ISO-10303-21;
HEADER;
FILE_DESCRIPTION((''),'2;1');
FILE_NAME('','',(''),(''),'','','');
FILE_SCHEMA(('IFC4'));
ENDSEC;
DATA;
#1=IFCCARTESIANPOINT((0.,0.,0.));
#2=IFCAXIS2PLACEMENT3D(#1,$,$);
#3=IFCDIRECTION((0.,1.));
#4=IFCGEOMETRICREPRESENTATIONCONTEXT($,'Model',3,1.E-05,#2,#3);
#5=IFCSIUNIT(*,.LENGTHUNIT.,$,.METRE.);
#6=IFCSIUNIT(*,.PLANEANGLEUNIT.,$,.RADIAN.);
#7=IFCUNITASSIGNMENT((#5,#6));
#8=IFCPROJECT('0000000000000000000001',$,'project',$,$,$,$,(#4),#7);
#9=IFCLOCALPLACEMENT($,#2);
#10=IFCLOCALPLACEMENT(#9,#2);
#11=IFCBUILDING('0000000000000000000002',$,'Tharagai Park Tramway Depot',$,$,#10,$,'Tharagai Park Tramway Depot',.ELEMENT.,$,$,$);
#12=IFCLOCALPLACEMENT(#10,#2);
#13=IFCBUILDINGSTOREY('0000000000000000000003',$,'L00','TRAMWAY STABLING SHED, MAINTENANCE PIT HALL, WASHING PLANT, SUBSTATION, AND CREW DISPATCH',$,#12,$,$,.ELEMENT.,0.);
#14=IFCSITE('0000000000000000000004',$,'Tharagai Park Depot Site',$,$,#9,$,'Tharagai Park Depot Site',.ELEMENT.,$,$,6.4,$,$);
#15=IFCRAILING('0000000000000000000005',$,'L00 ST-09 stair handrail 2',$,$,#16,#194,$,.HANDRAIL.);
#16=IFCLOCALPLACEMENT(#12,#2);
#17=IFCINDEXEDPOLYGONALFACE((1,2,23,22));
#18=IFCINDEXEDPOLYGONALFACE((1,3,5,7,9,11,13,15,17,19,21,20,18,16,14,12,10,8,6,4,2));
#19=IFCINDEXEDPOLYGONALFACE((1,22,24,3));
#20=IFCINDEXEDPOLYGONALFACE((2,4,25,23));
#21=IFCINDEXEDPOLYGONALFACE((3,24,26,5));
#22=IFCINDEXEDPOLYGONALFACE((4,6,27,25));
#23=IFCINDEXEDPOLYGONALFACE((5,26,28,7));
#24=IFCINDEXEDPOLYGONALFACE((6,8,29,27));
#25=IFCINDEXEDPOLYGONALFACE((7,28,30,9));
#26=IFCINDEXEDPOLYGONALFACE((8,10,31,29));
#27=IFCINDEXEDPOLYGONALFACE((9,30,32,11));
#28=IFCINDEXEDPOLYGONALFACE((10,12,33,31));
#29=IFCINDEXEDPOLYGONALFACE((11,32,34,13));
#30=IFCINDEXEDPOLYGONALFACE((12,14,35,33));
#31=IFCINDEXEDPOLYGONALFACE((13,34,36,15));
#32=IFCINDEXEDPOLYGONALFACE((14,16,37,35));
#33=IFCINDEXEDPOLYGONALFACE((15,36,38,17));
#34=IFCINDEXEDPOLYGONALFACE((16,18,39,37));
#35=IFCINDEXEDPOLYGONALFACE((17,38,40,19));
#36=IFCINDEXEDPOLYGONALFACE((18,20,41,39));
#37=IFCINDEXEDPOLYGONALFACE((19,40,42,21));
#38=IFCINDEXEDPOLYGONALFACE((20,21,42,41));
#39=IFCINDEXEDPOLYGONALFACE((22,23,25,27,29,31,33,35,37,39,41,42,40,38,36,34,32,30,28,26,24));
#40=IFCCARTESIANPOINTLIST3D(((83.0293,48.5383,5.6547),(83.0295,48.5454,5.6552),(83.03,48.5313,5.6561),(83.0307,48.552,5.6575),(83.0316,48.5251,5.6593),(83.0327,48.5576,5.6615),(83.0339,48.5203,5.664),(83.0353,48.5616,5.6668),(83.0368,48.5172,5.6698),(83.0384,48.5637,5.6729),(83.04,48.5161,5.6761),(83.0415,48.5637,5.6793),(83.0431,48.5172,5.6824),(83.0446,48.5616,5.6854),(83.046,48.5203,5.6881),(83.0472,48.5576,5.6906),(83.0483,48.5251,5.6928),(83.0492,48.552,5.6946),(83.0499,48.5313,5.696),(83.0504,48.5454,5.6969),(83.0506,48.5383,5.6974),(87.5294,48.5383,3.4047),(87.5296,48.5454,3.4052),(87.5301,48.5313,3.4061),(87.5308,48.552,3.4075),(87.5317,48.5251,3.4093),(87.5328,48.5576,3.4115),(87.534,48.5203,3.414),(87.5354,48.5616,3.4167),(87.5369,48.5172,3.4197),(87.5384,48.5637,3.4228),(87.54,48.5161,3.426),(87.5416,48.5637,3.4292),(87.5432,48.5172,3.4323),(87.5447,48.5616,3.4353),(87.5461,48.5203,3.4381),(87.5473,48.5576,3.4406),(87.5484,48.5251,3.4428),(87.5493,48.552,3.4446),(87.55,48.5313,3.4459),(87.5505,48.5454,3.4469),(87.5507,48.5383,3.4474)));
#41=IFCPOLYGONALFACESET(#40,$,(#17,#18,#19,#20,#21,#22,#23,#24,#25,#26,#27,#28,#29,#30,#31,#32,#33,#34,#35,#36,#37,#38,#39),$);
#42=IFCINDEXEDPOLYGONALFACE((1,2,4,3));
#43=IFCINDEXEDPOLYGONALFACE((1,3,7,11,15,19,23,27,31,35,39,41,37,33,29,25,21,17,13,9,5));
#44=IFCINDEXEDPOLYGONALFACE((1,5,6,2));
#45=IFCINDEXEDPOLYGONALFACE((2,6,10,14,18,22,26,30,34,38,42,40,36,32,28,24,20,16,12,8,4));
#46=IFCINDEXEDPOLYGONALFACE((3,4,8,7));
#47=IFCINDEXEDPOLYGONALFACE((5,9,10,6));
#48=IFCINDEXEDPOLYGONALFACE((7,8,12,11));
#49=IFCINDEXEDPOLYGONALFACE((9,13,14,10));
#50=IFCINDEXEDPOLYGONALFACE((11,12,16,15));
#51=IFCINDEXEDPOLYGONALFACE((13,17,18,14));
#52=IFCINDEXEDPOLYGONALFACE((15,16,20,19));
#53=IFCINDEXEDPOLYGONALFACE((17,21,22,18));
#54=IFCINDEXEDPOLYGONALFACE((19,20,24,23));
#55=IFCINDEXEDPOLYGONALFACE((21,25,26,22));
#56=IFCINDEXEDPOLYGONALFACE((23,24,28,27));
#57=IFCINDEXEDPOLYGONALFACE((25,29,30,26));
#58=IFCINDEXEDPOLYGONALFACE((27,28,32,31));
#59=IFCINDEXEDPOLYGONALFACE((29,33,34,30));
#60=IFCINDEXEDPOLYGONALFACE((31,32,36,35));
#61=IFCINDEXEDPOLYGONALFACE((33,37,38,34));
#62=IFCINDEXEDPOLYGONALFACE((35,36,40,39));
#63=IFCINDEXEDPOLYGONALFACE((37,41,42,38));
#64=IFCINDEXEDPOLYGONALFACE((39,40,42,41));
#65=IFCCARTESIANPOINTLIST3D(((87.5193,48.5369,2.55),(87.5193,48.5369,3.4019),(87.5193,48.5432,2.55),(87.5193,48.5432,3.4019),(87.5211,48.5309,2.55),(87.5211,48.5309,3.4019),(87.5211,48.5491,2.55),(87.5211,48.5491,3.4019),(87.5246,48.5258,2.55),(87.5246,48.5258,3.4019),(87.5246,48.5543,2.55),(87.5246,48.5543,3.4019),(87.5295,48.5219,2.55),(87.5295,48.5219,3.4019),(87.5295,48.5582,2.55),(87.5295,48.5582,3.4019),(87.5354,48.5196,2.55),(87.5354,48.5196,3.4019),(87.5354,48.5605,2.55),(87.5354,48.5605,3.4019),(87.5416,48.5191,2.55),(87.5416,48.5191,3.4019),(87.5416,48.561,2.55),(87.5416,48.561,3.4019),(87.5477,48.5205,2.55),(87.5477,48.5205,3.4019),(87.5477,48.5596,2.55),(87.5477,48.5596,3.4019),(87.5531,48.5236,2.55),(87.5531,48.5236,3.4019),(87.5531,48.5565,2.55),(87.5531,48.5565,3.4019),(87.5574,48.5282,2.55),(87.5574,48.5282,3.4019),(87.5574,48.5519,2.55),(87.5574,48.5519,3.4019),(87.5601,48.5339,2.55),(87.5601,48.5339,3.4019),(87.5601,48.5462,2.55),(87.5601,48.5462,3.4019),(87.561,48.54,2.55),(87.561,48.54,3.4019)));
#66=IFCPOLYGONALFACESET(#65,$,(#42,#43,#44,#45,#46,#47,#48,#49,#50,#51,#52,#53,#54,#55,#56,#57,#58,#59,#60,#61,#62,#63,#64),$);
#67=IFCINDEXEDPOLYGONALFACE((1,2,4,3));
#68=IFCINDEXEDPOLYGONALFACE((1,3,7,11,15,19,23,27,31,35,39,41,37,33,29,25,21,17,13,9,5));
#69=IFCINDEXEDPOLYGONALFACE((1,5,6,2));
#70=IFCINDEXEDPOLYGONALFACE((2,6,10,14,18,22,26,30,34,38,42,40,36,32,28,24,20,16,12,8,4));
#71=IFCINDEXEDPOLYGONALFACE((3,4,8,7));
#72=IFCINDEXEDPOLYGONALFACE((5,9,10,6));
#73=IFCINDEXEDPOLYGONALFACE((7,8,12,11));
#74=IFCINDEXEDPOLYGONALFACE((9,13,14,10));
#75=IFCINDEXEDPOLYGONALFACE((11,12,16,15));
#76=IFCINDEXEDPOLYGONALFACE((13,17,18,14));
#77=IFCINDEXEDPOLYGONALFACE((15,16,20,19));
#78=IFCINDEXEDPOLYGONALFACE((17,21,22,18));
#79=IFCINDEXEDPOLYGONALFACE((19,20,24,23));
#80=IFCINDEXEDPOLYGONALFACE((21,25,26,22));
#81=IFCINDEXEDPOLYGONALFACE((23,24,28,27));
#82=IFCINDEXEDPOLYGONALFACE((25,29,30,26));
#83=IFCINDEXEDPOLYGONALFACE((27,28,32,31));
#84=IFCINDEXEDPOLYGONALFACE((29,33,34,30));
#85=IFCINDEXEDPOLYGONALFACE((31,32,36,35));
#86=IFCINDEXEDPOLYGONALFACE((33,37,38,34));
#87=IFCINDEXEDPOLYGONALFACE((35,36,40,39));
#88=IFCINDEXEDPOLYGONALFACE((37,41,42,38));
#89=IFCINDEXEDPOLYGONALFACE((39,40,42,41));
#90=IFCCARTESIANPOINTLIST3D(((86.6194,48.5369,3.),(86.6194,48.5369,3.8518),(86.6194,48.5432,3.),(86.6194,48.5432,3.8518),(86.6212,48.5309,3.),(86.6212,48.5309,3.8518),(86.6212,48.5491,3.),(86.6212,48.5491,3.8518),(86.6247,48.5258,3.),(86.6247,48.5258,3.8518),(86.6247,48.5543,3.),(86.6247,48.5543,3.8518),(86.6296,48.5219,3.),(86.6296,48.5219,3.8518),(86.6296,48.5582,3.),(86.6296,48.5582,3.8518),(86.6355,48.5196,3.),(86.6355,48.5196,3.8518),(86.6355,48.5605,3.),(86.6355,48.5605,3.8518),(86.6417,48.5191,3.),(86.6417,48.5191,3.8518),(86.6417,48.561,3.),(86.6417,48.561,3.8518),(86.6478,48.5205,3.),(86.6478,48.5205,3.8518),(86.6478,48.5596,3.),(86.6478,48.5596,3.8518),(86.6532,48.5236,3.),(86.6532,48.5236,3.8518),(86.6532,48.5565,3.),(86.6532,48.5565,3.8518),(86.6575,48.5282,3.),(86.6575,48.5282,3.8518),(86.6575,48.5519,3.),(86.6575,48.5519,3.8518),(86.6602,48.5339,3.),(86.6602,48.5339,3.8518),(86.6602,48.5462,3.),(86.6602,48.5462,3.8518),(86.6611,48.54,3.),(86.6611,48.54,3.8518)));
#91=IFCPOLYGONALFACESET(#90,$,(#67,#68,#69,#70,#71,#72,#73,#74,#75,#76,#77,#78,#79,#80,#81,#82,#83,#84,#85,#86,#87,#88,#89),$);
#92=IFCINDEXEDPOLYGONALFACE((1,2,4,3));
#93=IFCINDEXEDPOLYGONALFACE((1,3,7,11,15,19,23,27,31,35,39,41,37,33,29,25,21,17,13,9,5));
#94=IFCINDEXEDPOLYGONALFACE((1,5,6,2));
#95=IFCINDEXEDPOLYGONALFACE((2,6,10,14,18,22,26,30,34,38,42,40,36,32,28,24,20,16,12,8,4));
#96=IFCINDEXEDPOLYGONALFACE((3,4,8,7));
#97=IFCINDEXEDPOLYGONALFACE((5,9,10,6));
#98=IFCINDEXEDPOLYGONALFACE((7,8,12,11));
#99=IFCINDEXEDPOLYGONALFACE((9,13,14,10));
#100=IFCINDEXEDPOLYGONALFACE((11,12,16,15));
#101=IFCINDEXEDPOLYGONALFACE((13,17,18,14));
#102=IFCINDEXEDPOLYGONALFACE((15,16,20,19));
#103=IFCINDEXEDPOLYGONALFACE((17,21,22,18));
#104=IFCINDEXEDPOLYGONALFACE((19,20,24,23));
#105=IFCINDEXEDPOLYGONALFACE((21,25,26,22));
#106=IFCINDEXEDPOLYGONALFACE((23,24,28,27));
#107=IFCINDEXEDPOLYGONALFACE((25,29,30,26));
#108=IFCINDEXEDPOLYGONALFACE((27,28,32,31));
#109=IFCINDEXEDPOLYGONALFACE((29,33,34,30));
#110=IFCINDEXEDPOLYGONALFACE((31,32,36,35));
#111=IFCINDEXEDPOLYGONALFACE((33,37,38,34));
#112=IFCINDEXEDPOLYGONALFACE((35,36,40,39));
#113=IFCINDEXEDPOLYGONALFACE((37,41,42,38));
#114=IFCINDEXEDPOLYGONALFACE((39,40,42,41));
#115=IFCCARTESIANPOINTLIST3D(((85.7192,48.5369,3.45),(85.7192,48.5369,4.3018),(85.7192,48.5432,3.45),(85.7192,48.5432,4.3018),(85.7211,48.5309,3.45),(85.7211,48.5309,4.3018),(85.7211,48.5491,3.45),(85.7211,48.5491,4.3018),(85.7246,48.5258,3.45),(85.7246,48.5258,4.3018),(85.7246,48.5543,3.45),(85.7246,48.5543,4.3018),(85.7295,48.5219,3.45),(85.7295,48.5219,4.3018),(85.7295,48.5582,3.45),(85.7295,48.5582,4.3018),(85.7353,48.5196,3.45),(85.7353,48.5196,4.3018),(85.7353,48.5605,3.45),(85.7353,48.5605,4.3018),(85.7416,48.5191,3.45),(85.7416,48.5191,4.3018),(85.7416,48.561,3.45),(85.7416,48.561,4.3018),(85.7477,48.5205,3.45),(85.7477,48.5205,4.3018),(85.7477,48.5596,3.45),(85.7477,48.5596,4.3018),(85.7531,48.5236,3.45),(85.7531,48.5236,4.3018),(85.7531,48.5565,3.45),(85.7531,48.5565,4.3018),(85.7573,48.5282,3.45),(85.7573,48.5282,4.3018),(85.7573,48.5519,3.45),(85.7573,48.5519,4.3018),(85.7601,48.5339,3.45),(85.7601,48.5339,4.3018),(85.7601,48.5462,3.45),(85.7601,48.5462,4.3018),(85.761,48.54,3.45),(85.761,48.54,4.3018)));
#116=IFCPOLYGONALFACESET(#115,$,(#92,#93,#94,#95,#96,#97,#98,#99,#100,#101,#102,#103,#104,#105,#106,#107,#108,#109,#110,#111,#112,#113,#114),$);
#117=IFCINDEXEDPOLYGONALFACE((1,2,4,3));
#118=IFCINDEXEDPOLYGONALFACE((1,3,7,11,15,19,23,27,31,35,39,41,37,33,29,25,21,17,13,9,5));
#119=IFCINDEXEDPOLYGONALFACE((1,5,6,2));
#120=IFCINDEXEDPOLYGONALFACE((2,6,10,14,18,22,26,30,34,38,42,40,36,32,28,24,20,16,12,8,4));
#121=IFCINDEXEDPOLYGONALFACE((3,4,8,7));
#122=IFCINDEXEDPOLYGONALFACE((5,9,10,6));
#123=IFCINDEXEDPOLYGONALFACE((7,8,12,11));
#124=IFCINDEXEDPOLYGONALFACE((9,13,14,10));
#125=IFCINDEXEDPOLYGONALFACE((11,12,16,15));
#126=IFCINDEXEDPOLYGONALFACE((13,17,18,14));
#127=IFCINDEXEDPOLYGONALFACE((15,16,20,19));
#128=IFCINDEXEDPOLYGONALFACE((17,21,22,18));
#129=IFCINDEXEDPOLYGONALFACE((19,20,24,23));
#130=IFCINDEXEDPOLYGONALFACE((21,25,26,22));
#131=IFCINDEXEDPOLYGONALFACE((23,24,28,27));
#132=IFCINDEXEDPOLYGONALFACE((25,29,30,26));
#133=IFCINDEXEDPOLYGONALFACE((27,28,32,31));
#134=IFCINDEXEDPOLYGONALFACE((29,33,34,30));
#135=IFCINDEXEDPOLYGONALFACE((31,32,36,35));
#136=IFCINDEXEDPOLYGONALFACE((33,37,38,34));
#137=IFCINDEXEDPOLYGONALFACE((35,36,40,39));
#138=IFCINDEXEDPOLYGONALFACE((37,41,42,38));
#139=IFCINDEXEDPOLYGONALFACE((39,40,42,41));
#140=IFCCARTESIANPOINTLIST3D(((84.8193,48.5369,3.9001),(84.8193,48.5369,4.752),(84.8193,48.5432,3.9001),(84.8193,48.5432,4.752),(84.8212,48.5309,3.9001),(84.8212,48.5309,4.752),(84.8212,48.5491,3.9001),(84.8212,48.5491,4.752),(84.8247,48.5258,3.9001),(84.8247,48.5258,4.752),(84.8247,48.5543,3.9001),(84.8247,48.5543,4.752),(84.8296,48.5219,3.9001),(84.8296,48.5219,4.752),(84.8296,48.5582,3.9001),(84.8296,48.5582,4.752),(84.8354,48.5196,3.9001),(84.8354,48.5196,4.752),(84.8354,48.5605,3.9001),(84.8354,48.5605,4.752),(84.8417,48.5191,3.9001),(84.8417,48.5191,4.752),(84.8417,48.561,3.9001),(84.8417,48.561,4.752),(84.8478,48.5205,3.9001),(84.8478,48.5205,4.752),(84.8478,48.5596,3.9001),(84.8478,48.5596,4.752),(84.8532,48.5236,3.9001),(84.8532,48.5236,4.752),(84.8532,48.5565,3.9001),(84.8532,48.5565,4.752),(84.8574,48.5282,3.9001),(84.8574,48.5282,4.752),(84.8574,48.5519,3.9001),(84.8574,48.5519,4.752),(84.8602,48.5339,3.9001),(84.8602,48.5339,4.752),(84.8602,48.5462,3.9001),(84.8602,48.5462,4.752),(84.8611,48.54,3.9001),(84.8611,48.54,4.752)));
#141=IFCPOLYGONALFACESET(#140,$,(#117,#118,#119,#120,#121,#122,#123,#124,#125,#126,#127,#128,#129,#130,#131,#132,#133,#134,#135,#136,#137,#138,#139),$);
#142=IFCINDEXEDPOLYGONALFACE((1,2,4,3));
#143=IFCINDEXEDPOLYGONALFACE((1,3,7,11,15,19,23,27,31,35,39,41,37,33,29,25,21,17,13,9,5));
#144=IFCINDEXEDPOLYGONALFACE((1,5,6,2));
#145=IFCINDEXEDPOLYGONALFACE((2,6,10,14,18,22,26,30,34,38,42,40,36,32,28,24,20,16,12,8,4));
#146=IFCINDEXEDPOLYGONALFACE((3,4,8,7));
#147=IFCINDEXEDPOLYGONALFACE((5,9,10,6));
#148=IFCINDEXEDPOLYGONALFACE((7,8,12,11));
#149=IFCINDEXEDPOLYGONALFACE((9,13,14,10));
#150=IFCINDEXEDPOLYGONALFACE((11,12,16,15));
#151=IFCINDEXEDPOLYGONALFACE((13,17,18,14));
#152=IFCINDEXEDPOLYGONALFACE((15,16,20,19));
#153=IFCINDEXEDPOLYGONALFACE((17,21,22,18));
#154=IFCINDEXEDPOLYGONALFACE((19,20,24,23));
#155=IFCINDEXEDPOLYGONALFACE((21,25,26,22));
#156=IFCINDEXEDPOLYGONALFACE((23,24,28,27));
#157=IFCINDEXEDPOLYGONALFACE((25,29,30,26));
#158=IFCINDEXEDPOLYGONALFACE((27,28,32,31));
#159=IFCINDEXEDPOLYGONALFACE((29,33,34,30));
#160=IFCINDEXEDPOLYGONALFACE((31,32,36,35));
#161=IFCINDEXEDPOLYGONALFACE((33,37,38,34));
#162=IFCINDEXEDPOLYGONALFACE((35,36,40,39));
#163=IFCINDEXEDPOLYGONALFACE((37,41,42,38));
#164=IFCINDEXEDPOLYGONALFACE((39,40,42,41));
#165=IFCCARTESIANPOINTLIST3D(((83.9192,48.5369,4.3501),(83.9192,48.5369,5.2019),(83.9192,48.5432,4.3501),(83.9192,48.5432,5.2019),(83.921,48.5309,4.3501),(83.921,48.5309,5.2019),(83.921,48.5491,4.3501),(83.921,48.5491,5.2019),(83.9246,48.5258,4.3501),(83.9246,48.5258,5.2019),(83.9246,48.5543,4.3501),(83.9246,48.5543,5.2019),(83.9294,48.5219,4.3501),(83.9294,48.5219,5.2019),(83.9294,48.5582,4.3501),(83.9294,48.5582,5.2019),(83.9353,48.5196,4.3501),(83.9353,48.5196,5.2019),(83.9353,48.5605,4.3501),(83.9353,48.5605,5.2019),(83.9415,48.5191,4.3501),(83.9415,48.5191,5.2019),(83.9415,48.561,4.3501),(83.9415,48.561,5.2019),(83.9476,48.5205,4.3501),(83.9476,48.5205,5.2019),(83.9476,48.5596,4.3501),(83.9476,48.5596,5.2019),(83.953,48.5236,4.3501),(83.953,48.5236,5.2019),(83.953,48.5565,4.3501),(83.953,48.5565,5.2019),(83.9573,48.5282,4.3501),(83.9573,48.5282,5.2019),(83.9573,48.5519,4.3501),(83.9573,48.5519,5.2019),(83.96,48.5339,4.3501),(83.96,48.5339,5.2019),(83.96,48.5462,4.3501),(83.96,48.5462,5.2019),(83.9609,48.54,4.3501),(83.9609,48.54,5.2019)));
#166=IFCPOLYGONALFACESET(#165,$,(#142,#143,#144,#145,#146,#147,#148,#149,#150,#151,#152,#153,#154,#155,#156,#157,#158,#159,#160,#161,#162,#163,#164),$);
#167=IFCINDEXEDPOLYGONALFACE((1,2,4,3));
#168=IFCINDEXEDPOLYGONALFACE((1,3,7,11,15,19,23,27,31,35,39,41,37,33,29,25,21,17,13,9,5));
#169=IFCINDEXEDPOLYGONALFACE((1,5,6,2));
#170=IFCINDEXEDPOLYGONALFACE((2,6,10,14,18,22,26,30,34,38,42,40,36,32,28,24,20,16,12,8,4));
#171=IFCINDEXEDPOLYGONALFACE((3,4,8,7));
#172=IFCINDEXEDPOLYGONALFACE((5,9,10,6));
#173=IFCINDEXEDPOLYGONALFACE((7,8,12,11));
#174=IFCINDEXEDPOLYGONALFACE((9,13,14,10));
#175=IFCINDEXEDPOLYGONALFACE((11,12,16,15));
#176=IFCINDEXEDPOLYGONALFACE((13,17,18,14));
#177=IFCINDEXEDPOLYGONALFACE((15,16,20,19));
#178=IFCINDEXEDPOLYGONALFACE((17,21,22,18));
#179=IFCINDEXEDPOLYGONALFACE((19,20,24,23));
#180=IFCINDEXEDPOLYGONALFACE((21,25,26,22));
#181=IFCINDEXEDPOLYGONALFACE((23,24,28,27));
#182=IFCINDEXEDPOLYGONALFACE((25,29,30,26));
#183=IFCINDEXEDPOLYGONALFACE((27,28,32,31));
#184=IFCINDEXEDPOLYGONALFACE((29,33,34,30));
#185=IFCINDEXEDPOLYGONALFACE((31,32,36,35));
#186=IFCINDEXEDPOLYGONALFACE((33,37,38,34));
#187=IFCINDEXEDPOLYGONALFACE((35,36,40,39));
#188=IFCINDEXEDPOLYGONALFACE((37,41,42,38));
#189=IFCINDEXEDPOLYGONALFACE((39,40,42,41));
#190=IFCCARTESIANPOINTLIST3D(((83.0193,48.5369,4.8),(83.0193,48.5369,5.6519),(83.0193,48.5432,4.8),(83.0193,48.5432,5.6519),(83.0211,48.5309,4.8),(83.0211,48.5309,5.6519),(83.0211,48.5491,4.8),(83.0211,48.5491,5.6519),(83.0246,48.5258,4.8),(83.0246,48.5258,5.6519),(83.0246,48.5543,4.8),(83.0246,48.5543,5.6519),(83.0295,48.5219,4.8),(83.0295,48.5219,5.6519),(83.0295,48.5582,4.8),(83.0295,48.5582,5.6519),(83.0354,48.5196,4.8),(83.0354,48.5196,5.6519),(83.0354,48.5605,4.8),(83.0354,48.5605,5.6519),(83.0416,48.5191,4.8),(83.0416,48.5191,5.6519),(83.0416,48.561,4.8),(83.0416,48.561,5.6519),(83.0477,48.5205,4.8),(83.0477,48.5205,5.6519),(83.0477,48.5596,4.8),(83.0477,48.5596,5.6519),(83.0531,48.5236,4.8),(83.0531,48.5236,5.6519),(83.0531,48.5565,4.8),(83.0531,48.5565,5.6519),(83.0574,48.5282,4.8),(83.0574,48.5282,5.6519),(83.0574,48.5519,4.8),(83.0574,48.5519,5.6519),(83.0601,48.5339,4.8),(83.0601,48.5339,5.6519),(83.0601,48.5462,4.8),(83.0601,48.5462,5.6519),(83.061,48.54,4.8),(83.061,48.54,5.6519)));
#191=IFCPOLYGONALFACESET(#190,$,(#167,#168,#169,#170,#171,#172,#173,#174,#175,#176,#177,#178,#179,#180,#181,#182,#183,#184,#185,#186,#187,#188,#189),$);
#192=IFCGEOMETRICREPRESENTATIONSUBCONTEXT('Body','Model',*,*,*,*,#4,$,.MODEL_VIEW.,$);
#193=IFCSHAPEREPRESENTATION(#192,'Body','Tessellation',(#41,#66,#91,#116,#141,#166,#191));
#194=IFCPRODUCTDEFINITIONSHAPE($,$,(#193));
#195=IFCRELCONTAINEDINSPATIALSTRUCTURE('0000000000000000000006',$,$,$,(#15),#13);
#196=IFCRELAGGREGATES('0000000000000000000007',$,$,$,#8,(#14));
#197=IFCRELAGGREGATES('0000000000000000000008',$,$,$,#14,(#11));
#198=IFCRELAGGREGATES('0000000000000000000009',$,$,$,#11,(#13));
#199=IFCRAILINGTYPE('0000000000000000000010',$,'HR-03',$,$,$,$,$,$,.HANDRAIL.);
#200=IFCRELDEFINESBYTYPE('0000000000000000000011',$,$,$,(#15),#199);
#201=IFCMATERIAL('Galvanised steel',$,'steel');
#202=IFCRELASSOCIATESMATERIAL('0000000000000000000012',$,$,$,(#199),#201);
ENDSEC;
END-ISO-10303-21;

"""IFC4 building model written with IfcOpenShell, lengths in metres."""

from ifc_helpers import new_model, si_unit, direction, frame, origin, origin_2d, place, context, subcontext, project, spatial, circle, extrude, material, type_object, element, save


model = new_model("IFC4")

# Units and contexts
model_context = context("Model", 3, precision=1e-05, world=origin(), true_north=direction((0.0, 1.0)))
body_context = subcontext(model_context, "Body", "Model", "MODEL_VIEW")
ifc_project = project(units=[si_unit("LENGTHUNIT", "METRE"), si_unit("PLANEANGLEUNIT", "RADIAN")], contexts=[model_context])

# Site, building, storey
site_placement = place(None, origin())
site = spatial("IfcSite", under=ifc_project, at=site_placement, Name="Tharagai Park Depot Site", LongName="Tharagai Park Depot Site", CompositionType="ELEMENT", RefElevation=6.4)
building_placement = place(site_placement, origin())
building = spatial("IfcBuilding", under=site, at=building_placement, Name="Tharagai Park Tramway Depot", LongName="Tharagai Park Tramway Depot", CompositionType="ELEMENT")
storey_placement = place(building_placement, origin())
storey = spatial("IfcBuildingStorey", under=building, at=storey_placement, Name="L00", Description="TRAMWAY STABLING SHED, MAINTENANCE PIT HALL, WASHING PLANT, SUBSTATION, AND CREW DISPATCH", CompositionType="ELEMENT", Elevation=0.0)

# Shared definitions
ifc_material_1 = material(Name="Galvanised steel", Category="steel")

# Railing
railing_type_1 = type_object("IfcRailingType", Name="HR-03", PredefinedType="HANDRAIL", material=ifc_material_1)
railing_1_placement = place(storey_placement, frame((87.54, 48.54, 2.55)))
element("IfcRailing", 1, at=railing_1_placement, inside=storey, type_object=railing_type_1, Name="L00 ST-09 stair handrail 2", PredefinedType="HANDRAIL", context=body_context, shape_type="SweptSolid", body=[
    extrude(circle(Radius=0.0239, at=origin_2d()), frame((0.0, 0.0, 0.876), z_axis=(-0.894427, 0.0, 0.447214), x_axis=(0.0, -1.0, 0.0)), (0.0, 0.0, 1.0), 5.0312),
    extrude(circle(Radius=0.021, at=origin_2d()), origin(), (0.0, 0.0, 1.0), 0.8518),
    extrude(circle(Radius=0.021, at=origin_2d()), frame((-0.8999, 0.0, 0.45)), (0.0, 0.0, 1.0), 0.8518),
    extrude(circle(Radius=0.021, at=origin_2d()), frame((-1.8, 0.0, 0.8999)), (0.0, 0.0, 1.0), 0.8518),
    extrude(circle(Radius=0.021, at=origin_2d()), frame((-2.7, 0.0, 1.3501)), (0.0, 0.0, 1.0), 0.8518),
    extrude(circle(Radius=0.021, at=origin_2d()), frame((-3.6001, 0.0, 1.8)), (0.0, 0.0, 1.0), 0.8518),
    extrude(circle(Radius=0.021, at=origin_2d()), frame((-4.5, 0.0, 2.25)), (0.0, 0.0, 1.0), 0.8518),
])

save(model, "model.ifc")
